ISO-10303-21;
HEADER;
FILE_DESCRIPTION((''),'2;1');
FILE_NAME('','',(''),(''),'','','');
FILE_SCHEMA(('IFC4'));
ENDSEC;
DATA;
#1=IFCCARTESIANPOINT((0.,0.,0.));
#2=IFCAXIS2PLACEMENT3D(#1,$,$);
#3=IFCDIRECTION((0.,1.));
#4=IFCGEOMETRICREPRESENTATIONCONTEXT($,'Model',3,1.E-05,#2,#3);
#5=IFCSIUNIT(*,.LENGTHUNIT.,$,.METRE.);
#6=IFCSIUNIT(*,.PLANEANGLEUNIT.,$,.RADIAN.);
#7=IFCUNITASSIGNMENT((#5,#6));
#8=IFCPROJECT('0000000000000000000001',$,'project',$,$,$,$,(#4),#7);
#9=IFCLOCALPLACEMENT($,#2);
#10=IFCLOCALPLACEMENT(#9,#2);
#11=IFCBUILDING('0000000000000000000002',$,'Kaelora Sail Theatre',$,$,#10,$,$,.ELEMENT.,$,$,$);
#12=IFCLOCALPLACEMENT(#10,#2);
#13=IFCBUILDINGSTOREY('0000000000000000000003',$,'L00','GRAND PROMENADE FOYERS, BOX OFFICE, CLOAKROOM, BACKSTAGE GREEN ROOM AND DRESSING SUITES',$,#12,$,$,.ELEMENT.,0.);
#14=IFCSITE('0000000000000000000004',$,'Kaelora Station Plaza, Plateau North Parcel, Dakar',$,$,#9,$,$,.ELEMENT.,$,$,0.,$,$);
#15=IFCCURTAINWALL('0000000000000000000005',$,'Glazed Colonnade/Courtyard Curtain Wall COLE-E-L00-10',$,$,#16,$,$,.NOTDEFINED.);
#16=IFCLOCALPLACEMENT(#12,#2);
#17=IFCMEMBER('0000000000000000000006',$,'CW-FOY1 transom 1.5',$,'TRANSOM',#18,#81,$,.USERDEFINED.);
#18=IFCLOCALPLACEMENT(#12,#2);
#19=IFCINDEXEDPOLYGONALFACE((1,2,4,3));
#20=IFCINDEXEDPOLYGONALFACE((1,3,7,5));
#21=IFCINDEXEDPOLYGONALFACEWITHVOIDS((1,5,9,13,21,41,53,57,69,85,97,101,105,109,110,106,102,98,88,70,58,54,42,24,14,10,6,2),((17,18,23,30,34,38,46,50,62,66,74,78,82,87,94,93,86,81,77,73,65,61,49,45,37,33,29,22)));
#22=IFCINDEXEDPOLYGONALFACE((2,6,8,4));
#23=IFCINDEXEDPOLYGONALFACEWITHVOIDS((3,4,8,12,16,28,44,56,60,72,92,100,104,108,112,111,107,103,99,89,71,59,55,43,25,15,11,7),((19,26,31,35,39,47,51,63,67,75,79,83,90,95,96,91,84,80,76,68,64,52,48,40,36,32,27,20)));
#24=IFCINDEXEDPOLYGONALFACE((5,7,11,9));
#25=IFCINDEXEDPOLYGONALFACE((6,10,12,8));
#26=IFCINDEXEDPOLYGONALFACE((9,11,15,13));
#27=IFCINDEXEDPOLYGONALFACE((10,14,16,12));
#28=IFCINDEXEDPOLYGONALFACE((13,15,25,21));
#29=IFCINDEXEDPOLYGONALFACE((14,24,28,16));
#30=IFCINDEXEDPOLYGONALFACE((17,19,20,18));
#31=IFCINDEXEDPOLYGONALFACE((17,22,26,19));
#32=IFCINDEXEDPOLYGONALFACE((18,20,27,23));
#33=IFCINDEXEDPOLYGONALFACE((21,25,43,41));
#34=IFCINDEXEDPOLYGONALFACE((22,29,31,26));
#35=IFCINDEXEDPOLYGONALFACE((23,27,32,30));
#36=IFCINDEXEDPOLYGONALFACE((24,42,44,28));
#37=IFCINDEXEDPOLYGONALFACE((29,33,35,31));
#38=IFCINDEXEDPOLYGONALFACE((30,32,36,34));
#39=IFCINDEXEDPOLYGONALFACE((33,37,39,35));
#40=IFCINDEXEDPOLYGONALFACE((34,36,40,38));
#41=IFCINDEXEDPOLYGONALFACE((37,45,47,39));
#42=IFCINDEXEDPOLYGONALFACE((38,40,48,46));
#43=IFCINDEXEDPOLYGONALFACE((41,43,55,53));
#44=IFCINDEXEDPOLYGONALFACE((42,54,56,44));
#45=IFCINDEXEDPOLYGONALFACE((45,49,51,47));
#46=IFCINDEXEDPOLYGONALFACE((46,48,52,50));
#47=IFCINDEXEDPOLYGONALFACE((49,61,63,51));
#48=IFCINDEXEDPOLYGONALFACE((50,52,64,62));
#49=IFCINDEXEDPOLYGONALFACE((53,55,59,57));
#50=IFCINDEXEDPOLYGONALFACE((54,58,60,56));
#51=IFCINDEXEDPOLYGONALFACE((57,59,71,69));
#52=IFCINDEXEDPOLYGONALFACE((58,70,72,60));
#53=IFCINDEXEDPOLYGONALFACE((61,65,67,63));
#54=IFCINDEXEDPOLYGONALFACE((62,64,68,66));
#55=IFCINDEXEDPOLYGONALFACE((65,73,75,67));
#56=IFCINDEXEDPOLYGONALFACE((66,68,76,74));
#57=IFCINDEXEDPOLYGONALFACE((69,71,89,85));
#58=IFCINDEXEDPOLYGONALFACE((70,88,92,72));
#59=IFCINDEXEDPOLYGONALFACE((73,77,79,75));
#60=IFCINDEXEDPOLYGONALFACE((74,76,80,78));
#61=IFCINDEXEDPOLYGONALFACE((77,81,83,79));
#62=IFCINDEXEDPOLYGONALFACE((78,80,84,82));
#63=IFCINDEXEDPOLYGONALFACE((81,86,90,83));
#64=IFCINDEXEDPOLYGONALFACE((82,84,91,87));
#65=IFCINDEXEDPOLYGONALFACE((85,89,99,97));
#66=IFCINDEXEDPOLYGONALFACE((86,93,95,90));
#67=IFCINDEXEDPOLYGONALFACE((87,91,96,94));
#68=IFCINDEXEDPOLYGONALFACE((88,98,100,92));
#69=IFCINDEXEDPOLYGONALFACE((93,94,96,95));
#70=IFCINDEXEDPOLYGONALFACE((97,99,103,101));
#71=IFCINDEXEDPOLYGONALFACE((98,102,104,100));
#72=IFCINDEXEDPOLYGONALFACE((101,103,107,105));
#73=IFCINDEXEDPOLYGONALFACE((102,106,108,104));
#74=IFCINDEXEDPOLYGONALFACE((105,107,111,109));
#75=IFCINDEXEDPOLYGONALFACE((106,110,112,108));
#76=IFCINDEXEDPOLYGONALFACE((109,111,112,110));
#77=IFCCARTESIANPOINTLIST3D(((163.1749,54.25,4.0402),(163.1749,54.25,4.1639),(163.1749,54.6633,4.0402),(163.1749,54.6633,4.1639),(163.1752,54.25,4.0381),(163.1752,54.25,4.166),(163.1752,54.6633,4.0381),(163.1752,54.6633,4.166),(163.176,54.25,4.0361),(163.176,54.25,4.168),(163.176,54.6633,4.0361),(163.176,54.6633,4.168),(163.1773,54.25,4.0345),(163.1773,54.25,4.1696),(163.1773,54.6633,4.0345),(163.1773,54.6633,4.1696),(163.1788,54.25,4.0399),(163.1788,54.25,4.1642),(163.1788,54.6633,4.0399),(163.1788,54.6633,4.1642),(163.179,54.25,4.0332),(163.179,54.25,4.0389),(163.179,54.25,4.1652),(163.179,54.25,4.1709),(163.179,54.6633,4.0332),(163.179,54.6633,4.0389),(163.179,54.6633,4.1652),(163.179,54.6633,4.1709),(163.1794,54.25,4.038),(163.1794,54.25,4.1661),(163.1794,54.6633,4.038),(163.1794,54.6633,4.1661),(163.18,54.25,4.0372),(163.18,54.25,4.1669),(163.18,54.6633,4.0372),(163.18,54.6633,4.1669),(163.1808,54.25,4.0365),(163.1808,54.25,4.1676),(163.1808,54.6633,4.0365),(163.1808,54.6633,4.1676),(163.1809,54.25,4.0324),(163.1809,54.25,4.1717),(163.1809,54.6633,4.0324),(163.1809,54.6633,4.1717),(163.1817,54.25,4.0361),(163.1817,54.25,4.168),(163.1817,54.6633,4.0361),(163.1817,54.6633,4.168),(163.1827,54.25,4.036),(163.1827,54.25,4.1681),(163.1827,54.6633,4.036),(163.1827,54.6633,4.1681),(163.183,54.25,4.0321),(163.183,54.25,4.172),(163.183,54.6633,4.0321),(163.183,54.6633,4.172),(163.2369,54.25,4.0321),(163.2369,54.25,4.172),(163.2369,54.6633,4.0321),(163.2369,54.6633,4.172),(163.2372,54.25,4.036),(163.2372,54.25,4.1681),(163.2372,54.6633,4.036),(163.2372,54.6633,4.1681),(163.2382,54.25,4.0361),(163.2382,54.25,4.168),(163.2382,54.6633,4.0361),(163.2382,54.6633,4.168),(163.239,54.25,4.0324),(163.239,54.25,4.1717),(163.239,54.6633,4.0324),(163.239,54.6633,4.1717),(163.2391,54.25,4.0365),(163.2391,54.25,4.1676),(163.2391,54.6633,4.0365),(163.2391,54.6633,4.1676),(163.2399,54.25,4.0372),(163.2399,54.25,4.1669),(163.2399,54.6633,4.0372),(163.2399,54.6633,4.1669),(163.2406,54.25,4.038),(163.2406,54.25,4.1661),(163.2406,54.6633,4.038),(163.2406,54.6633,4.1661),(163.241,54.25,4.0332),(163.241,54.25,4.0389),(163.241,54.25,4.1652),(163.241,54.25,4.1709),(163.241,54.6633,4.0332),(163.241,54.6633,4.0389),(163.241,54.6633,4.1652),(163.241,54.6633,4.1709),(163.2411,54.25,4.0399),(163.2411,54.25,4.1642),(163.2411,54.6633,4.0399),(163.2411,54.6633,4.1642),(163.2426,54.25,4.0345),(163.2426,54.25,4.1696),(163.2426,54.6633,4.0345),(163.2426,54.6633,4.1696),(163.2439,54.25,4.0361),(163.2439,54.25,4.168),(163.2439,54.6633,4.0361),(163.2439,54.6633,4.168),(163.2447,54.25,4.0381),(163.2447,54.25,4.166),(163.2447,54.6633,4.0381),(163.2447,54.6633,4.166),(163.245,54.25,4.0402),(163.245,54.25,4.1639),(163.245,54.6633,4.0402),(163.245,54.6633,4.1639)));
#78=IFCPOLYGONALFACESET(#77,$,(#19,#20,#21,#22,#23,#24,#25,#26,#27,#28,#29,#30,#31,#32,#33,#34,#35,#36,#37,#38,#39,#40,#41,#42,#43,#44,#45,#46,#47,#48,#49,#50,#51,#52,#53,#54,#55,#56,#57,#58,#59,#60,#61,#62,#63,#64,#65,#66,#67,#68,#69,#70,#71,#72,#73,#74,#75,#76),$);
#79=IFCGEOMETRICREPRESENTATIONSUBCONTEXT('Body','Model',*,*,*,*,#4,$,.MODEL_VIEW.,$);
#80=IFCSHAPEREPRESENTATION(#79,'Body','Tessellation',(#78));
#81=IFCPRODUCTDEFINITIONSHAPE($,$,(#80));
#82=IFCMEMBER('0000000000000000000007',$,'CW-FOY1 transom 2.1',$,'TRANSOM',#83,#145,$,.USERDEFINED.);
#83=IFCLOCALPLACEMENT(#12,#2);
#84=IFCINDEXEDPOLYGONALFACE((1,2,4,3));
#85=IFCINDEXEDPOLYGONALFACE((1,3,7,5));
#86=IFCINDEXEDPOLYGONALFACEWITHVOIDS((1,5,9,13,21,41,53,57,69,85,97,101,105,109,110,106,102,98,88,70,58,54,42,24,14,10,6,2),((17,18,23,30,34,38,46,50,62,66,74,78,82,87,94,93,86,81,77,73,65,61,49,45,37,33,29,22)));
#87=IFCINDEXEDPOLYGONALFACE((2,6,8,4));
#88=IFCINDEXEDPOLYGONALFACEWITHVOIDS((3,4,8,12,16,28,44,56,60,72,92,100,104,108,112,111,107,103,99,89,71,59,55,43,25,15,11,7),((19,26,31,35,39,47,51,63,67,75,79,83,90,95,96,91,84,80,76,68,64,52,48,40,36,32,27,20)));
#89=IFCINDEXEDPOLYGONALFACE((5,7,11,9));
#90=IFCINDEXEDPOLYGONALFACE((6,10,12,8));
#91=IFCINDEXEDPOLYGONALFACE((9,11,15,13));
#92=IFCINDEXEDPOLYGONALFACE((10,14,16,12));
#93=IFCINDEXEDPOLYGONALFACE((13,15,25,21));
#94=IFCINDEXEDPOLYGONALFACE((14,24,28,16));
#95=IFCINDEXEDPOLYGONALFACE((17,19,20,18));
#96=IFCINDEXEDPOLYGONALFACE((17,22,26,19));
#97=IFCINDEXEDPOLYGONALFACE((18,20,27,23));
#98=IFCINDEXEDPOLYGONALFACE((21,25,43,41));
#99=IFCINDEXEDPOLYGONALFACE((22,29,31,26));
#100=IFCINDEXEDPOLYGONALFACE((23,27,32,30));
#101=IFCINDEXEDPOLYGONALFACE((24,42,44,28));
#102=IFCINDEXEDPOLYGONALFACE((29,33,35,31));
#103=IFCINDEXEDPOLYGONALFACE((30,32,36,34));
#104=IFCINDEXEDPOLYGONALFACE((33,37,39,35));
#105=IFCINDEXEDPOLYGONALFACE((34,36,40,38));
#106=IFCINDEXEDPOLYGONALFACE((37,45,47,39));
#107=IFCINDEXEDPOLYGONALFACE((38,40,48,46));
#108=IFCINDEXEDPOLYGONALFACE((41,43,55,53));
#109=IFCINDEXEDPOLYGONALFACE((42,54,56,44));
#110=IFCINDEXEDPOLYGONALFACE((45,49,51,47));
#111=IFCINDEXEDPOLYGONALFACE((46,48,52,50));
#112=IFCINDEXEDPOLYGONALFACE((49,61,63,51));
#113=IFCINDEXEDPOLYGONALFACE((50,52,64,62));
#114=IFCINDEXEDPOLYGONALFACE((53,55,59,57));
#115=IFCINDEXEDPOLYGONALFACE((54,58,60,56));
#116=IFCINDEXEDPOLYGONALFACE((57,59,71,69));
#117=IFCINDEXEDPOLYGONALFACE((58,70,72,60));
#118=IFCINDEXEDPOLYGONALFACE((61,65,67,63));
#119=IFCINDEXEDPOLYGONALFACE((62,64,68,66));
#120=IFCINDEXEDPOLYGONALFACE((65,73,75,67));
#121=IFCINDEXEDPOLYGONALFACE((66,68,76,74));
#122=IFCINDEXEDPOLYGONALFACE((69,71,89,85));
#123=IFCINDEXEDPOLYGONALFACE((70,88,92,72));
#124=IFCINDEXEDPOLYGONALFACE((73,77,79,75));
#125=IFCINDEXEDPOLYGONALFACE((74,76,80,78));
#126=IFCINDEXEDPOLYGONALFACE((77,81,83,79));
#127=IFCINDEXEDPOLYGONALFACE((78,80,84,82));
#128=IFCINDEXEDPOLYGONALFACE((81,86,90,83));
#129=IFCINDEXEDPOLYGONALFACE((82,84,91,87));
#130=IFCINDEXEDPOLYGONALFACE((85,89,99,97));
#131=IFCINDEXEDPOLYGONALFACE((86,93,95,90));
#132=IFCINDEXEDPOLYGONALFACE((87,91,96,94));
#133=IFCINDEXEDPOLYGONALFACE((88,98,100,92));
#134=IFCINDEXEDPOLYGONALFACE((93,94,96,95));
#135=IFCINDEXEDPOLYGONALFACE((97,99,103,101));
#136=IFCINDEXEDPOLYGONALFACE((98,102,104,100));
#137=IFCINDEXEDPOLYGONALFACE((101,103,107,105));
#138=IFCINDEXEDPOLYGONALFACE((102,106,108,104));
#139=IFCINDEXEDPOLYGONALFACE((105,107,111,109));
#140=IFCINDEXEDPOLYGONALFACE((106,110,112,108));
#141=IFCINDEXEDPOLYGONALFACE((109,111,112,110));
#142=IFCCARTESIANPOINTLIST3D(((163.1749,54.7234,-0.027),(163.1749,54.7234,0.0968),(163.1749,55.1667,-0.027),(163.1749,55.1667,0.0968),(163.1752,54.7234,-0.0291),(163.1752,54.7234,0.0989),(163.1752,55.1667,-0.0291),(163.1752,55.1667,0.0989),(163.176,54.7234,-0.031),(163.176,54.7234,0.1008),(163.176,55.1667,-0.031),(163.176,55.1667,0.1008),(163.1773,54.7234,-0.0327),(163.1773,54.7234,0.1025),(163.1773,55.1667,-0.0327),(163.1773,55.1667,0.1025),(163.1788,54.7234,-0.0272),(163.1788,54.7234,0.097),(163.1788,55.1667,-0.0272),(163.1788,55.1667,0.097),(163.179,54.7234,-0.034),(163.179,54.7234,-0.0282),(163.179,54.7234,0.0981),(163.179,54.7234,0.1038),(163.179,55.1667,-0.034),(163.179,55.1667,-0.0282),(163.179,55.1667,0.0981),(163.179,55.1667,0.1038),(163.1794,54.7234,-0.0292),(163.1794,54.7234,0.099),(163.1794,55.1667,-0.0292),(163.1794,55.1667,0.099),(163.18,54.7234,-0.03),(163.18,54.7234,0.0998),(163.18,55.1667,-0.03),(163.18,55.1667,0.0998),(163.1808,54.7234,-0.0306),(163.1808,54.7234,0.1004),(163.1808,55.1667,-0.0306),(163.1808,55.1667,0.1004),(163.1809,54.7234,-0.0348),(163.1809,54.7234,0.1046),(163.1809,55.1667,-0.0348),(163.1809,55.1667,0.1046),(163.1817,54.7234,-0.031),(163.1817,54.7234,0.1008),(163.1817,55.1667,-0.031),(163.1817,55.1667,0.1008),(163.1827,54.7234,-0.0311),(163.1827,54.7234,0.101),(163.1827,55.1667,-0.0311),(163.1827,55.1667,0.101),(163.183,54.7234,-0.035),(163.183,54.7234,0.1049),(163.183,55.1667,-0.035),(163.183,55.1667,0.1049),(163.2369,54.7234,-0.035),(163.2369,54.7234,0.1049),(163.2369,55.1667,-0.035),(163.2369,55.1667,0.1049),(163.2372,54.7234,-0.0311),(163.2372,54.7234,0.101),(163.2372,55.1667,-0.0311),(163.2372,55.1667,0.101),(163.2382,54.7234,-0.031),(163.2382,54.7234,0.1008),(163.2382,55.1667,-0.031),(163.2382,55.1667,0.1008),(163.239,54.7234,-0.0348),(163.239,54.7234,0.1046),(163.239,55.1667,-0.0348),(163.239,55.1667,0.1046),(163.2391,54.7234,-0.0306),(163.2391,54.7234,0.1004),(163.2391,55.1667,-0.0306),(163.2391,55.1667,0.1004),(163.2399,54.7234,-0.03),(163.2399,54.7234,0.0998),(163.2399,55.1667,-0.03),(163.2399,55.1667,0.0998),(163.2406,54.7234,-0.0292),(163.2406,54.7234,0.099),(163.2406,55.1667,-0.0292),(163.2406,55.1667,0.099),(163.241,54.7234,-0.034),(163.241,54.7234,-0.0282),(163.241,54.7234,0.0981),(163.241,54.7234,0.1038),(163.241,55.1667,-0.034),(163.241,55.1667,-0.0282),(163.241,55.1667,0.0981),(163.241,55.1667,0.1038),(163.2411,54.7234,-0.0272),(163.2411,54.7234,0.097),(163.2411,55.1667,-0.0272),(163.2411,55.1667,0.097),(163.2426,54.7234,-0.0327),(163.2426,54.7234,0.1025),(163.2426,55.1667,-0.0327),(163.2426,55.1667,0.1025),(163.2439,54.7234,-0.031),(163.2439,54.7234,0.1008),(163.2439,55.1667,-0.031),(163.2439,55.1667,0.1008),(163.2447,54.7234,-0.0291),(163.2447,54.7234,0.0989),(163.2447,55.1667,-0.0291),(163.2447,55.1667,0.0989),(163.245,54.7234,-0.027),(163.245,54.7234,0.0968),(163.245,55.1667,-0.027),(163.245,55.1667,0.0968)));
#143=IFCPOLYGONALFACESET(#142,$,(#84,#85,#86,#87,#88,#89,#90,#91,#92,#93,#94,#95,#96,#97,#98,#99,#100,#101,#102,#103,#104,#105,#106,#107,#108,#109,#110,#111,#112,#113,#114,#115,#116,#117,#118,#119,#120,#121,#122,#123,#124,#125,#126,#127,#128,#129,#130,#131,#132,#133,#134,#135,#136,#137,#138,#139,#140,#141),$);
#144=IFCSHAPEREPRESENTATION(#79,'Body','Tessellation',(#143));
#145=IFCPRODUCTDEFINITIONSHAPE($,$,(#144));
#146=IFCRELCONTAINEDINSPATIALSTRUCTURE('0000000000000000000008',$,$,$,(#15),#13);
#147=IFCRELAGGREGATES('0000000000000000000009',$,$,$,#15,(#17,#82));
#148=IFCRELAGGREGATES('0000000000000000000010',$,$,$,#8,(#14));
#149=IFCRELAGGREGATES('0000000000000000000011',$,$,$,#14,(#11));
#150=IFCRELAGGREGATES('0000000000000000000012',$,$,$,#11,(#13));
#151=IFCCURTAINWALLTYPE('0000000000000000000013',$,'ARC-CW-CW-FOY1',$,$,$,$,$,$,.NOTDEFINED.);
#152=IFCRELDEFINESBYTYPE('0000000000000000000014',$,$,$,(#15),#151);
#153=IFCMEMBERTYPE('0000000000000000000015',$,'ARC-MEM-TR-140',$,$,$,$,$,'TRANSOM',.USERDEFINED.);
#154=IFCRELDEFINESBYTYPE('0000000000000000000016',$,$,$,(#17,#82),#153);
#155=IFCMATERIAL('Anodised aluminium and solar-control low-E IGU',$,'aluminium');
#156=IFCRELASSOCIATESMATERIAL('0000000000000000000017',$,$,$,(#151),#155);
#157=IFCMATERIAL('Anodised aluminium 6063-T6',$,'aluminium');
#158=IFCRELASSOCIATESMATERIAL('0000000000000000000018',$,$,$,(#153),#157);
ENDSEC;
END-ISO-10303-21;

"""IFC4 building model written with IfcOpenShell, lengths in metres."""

from ifc_helpers import new_model, si_unit, direction, frame, origin, origin_2d, place, context, subcontext, project, spatial, hollow_rectangle, extrude, material, material_profile, profile_set, type_object, element, aggregate, save


model = new_model("IFC4")

# Units and contexts
model_context = context("Model", 3, precision=1e-05, world=origin(), true_north=direction((0.0, 1.0)))
body_context = subcontext(model_context, "Body", "Model", "MODEL_VIEW")
ifc_project = project(units=[si_unit("LENGTHUNIT", "METRE"), si_unit("PLANEANGLEUNIT", "RADIAN")], contexts=[model_context])

# Site, building, storey
site_placement = place(None, origin())
site = spatial("IfcSite", under=ifc_project, at=site_placement, Name="Kaelora Station Plaza, Plateau North Parcel, Dakar", CompositionType="ELEMENT", RefElevation=0.0)
building_placement = place(site_placement, origin())
building = spatial("IfcBuilding", under=site, at=building_placement, Name="Kaelora Sail Theatre", CompositionType="ELEMENT")
storey_placement = place(building_placement, origin())
storey = spatial("IfcBuildingStorey", under=building, at=storey_placement, Name="L00", Description="GRAND PROMENADE FOYERS, BOX OFFICE, CLOAKROOM, BACKSTAGE GREEN ROOM AND DRESSING SUITES", CompositionType="ELEMENT", Elevation=0.0)

# Curtain wall, members
ifc_material_1 = material(Name="Anodised aluminium and solar-control low-E IGU", Category="aluminium")
curtain_wall_type = type_object("IfcCurtainWallType", Name="ARC-CW-CW-FOY1", PredefinedType="NOTDEFINED", material=ifc_material_1)
curtain_wall_placement = place(storey_placement, origin())
curtain_wall = element("IfcCurtainWall", 1, at=curtain_wall_placement, inside=storey, type_object=curtain_wall_type, Name="Glazed Colonnade/Courtyard Curtain Wall COLE-E-L00-10", PredefinedType="NOTDEFINED")
ifc_material_2 = material(Name="Anodised aluminium 6063-T6", Category="aluminium")
ifc_material_profile_1 = material_profile(ifc_material_2, hollow_rectangle(XDim=0.0701, YDim=0.1399, WallThickness=0.0039, InnerFilletRadius=0.0039, OuterFilletRadius=0.0081, at=origin_2d()), Name="ALU-TRAN 70x140x4")
ifc_profile_set_1 = profile_set([ifc_material_profile_1], Name="Anodised aluminium 6063-T6")
member_type_1 = type_object("IfcMemberType", Name="ARC-MEM-TR-140", ElementType="TRANSOM", PredefinedType="USERDEFINED", material=ifc_profile_set_1)
member_1_placement = place(storey_placement, frame((163.21, 54.25, 4.1021), z_axis=(0.0, 1.0, 0.0), x_axis=(-1.0, 0.0, 0.0)))
member_1 = element("IfcMember", 2, at=member_1_placement, type_object=member_type_1, Name="CW-FOY1 transom 1.5", ObjectType="TRANSOM", PredefinedType="USERDEFINED", context=body_context, shape_type="SweptSolid", body=[
    extrude(hollow_rectangle(XDim=0.0701, YDim=0.1399, WallThickness=0.0039, InnerFilletRadius=0.0039, OuterFilletRadius=0.0081, at=origin_2d()), origin(), (0.0, 0.0, 1.0), 0.4133),
])
member_2_placement = place(storey_placement, frame((163.21, 54.7234, 0.0349), z_axis=(0.0, 1.0, 0.0), x_axis=(-1.0, 0.0, 0.0)))
member_2 = element("IfcMember", 3, at=member_2_placement, type_object=member_type_1, Name="CW-FOY1 transom 2.1", ObjectType="TRANSOM", PredefinedType="USERDEFINED", context=body_context, shape_type="SweptSolid", body=[
    extrude(hollow_rectangle(XDim=0.0701, YDim=0.1399, WallThickness=0.0039, InnerFilletRadius=0.0039, OuterFilletRadius=0.0081, at=origin_2d()), origin(), (0.0, 0.0, 1.0), 0.4434),
])

aggregate(curtain_wall, [member_1, member_2])

save(model, "model.ifc")
